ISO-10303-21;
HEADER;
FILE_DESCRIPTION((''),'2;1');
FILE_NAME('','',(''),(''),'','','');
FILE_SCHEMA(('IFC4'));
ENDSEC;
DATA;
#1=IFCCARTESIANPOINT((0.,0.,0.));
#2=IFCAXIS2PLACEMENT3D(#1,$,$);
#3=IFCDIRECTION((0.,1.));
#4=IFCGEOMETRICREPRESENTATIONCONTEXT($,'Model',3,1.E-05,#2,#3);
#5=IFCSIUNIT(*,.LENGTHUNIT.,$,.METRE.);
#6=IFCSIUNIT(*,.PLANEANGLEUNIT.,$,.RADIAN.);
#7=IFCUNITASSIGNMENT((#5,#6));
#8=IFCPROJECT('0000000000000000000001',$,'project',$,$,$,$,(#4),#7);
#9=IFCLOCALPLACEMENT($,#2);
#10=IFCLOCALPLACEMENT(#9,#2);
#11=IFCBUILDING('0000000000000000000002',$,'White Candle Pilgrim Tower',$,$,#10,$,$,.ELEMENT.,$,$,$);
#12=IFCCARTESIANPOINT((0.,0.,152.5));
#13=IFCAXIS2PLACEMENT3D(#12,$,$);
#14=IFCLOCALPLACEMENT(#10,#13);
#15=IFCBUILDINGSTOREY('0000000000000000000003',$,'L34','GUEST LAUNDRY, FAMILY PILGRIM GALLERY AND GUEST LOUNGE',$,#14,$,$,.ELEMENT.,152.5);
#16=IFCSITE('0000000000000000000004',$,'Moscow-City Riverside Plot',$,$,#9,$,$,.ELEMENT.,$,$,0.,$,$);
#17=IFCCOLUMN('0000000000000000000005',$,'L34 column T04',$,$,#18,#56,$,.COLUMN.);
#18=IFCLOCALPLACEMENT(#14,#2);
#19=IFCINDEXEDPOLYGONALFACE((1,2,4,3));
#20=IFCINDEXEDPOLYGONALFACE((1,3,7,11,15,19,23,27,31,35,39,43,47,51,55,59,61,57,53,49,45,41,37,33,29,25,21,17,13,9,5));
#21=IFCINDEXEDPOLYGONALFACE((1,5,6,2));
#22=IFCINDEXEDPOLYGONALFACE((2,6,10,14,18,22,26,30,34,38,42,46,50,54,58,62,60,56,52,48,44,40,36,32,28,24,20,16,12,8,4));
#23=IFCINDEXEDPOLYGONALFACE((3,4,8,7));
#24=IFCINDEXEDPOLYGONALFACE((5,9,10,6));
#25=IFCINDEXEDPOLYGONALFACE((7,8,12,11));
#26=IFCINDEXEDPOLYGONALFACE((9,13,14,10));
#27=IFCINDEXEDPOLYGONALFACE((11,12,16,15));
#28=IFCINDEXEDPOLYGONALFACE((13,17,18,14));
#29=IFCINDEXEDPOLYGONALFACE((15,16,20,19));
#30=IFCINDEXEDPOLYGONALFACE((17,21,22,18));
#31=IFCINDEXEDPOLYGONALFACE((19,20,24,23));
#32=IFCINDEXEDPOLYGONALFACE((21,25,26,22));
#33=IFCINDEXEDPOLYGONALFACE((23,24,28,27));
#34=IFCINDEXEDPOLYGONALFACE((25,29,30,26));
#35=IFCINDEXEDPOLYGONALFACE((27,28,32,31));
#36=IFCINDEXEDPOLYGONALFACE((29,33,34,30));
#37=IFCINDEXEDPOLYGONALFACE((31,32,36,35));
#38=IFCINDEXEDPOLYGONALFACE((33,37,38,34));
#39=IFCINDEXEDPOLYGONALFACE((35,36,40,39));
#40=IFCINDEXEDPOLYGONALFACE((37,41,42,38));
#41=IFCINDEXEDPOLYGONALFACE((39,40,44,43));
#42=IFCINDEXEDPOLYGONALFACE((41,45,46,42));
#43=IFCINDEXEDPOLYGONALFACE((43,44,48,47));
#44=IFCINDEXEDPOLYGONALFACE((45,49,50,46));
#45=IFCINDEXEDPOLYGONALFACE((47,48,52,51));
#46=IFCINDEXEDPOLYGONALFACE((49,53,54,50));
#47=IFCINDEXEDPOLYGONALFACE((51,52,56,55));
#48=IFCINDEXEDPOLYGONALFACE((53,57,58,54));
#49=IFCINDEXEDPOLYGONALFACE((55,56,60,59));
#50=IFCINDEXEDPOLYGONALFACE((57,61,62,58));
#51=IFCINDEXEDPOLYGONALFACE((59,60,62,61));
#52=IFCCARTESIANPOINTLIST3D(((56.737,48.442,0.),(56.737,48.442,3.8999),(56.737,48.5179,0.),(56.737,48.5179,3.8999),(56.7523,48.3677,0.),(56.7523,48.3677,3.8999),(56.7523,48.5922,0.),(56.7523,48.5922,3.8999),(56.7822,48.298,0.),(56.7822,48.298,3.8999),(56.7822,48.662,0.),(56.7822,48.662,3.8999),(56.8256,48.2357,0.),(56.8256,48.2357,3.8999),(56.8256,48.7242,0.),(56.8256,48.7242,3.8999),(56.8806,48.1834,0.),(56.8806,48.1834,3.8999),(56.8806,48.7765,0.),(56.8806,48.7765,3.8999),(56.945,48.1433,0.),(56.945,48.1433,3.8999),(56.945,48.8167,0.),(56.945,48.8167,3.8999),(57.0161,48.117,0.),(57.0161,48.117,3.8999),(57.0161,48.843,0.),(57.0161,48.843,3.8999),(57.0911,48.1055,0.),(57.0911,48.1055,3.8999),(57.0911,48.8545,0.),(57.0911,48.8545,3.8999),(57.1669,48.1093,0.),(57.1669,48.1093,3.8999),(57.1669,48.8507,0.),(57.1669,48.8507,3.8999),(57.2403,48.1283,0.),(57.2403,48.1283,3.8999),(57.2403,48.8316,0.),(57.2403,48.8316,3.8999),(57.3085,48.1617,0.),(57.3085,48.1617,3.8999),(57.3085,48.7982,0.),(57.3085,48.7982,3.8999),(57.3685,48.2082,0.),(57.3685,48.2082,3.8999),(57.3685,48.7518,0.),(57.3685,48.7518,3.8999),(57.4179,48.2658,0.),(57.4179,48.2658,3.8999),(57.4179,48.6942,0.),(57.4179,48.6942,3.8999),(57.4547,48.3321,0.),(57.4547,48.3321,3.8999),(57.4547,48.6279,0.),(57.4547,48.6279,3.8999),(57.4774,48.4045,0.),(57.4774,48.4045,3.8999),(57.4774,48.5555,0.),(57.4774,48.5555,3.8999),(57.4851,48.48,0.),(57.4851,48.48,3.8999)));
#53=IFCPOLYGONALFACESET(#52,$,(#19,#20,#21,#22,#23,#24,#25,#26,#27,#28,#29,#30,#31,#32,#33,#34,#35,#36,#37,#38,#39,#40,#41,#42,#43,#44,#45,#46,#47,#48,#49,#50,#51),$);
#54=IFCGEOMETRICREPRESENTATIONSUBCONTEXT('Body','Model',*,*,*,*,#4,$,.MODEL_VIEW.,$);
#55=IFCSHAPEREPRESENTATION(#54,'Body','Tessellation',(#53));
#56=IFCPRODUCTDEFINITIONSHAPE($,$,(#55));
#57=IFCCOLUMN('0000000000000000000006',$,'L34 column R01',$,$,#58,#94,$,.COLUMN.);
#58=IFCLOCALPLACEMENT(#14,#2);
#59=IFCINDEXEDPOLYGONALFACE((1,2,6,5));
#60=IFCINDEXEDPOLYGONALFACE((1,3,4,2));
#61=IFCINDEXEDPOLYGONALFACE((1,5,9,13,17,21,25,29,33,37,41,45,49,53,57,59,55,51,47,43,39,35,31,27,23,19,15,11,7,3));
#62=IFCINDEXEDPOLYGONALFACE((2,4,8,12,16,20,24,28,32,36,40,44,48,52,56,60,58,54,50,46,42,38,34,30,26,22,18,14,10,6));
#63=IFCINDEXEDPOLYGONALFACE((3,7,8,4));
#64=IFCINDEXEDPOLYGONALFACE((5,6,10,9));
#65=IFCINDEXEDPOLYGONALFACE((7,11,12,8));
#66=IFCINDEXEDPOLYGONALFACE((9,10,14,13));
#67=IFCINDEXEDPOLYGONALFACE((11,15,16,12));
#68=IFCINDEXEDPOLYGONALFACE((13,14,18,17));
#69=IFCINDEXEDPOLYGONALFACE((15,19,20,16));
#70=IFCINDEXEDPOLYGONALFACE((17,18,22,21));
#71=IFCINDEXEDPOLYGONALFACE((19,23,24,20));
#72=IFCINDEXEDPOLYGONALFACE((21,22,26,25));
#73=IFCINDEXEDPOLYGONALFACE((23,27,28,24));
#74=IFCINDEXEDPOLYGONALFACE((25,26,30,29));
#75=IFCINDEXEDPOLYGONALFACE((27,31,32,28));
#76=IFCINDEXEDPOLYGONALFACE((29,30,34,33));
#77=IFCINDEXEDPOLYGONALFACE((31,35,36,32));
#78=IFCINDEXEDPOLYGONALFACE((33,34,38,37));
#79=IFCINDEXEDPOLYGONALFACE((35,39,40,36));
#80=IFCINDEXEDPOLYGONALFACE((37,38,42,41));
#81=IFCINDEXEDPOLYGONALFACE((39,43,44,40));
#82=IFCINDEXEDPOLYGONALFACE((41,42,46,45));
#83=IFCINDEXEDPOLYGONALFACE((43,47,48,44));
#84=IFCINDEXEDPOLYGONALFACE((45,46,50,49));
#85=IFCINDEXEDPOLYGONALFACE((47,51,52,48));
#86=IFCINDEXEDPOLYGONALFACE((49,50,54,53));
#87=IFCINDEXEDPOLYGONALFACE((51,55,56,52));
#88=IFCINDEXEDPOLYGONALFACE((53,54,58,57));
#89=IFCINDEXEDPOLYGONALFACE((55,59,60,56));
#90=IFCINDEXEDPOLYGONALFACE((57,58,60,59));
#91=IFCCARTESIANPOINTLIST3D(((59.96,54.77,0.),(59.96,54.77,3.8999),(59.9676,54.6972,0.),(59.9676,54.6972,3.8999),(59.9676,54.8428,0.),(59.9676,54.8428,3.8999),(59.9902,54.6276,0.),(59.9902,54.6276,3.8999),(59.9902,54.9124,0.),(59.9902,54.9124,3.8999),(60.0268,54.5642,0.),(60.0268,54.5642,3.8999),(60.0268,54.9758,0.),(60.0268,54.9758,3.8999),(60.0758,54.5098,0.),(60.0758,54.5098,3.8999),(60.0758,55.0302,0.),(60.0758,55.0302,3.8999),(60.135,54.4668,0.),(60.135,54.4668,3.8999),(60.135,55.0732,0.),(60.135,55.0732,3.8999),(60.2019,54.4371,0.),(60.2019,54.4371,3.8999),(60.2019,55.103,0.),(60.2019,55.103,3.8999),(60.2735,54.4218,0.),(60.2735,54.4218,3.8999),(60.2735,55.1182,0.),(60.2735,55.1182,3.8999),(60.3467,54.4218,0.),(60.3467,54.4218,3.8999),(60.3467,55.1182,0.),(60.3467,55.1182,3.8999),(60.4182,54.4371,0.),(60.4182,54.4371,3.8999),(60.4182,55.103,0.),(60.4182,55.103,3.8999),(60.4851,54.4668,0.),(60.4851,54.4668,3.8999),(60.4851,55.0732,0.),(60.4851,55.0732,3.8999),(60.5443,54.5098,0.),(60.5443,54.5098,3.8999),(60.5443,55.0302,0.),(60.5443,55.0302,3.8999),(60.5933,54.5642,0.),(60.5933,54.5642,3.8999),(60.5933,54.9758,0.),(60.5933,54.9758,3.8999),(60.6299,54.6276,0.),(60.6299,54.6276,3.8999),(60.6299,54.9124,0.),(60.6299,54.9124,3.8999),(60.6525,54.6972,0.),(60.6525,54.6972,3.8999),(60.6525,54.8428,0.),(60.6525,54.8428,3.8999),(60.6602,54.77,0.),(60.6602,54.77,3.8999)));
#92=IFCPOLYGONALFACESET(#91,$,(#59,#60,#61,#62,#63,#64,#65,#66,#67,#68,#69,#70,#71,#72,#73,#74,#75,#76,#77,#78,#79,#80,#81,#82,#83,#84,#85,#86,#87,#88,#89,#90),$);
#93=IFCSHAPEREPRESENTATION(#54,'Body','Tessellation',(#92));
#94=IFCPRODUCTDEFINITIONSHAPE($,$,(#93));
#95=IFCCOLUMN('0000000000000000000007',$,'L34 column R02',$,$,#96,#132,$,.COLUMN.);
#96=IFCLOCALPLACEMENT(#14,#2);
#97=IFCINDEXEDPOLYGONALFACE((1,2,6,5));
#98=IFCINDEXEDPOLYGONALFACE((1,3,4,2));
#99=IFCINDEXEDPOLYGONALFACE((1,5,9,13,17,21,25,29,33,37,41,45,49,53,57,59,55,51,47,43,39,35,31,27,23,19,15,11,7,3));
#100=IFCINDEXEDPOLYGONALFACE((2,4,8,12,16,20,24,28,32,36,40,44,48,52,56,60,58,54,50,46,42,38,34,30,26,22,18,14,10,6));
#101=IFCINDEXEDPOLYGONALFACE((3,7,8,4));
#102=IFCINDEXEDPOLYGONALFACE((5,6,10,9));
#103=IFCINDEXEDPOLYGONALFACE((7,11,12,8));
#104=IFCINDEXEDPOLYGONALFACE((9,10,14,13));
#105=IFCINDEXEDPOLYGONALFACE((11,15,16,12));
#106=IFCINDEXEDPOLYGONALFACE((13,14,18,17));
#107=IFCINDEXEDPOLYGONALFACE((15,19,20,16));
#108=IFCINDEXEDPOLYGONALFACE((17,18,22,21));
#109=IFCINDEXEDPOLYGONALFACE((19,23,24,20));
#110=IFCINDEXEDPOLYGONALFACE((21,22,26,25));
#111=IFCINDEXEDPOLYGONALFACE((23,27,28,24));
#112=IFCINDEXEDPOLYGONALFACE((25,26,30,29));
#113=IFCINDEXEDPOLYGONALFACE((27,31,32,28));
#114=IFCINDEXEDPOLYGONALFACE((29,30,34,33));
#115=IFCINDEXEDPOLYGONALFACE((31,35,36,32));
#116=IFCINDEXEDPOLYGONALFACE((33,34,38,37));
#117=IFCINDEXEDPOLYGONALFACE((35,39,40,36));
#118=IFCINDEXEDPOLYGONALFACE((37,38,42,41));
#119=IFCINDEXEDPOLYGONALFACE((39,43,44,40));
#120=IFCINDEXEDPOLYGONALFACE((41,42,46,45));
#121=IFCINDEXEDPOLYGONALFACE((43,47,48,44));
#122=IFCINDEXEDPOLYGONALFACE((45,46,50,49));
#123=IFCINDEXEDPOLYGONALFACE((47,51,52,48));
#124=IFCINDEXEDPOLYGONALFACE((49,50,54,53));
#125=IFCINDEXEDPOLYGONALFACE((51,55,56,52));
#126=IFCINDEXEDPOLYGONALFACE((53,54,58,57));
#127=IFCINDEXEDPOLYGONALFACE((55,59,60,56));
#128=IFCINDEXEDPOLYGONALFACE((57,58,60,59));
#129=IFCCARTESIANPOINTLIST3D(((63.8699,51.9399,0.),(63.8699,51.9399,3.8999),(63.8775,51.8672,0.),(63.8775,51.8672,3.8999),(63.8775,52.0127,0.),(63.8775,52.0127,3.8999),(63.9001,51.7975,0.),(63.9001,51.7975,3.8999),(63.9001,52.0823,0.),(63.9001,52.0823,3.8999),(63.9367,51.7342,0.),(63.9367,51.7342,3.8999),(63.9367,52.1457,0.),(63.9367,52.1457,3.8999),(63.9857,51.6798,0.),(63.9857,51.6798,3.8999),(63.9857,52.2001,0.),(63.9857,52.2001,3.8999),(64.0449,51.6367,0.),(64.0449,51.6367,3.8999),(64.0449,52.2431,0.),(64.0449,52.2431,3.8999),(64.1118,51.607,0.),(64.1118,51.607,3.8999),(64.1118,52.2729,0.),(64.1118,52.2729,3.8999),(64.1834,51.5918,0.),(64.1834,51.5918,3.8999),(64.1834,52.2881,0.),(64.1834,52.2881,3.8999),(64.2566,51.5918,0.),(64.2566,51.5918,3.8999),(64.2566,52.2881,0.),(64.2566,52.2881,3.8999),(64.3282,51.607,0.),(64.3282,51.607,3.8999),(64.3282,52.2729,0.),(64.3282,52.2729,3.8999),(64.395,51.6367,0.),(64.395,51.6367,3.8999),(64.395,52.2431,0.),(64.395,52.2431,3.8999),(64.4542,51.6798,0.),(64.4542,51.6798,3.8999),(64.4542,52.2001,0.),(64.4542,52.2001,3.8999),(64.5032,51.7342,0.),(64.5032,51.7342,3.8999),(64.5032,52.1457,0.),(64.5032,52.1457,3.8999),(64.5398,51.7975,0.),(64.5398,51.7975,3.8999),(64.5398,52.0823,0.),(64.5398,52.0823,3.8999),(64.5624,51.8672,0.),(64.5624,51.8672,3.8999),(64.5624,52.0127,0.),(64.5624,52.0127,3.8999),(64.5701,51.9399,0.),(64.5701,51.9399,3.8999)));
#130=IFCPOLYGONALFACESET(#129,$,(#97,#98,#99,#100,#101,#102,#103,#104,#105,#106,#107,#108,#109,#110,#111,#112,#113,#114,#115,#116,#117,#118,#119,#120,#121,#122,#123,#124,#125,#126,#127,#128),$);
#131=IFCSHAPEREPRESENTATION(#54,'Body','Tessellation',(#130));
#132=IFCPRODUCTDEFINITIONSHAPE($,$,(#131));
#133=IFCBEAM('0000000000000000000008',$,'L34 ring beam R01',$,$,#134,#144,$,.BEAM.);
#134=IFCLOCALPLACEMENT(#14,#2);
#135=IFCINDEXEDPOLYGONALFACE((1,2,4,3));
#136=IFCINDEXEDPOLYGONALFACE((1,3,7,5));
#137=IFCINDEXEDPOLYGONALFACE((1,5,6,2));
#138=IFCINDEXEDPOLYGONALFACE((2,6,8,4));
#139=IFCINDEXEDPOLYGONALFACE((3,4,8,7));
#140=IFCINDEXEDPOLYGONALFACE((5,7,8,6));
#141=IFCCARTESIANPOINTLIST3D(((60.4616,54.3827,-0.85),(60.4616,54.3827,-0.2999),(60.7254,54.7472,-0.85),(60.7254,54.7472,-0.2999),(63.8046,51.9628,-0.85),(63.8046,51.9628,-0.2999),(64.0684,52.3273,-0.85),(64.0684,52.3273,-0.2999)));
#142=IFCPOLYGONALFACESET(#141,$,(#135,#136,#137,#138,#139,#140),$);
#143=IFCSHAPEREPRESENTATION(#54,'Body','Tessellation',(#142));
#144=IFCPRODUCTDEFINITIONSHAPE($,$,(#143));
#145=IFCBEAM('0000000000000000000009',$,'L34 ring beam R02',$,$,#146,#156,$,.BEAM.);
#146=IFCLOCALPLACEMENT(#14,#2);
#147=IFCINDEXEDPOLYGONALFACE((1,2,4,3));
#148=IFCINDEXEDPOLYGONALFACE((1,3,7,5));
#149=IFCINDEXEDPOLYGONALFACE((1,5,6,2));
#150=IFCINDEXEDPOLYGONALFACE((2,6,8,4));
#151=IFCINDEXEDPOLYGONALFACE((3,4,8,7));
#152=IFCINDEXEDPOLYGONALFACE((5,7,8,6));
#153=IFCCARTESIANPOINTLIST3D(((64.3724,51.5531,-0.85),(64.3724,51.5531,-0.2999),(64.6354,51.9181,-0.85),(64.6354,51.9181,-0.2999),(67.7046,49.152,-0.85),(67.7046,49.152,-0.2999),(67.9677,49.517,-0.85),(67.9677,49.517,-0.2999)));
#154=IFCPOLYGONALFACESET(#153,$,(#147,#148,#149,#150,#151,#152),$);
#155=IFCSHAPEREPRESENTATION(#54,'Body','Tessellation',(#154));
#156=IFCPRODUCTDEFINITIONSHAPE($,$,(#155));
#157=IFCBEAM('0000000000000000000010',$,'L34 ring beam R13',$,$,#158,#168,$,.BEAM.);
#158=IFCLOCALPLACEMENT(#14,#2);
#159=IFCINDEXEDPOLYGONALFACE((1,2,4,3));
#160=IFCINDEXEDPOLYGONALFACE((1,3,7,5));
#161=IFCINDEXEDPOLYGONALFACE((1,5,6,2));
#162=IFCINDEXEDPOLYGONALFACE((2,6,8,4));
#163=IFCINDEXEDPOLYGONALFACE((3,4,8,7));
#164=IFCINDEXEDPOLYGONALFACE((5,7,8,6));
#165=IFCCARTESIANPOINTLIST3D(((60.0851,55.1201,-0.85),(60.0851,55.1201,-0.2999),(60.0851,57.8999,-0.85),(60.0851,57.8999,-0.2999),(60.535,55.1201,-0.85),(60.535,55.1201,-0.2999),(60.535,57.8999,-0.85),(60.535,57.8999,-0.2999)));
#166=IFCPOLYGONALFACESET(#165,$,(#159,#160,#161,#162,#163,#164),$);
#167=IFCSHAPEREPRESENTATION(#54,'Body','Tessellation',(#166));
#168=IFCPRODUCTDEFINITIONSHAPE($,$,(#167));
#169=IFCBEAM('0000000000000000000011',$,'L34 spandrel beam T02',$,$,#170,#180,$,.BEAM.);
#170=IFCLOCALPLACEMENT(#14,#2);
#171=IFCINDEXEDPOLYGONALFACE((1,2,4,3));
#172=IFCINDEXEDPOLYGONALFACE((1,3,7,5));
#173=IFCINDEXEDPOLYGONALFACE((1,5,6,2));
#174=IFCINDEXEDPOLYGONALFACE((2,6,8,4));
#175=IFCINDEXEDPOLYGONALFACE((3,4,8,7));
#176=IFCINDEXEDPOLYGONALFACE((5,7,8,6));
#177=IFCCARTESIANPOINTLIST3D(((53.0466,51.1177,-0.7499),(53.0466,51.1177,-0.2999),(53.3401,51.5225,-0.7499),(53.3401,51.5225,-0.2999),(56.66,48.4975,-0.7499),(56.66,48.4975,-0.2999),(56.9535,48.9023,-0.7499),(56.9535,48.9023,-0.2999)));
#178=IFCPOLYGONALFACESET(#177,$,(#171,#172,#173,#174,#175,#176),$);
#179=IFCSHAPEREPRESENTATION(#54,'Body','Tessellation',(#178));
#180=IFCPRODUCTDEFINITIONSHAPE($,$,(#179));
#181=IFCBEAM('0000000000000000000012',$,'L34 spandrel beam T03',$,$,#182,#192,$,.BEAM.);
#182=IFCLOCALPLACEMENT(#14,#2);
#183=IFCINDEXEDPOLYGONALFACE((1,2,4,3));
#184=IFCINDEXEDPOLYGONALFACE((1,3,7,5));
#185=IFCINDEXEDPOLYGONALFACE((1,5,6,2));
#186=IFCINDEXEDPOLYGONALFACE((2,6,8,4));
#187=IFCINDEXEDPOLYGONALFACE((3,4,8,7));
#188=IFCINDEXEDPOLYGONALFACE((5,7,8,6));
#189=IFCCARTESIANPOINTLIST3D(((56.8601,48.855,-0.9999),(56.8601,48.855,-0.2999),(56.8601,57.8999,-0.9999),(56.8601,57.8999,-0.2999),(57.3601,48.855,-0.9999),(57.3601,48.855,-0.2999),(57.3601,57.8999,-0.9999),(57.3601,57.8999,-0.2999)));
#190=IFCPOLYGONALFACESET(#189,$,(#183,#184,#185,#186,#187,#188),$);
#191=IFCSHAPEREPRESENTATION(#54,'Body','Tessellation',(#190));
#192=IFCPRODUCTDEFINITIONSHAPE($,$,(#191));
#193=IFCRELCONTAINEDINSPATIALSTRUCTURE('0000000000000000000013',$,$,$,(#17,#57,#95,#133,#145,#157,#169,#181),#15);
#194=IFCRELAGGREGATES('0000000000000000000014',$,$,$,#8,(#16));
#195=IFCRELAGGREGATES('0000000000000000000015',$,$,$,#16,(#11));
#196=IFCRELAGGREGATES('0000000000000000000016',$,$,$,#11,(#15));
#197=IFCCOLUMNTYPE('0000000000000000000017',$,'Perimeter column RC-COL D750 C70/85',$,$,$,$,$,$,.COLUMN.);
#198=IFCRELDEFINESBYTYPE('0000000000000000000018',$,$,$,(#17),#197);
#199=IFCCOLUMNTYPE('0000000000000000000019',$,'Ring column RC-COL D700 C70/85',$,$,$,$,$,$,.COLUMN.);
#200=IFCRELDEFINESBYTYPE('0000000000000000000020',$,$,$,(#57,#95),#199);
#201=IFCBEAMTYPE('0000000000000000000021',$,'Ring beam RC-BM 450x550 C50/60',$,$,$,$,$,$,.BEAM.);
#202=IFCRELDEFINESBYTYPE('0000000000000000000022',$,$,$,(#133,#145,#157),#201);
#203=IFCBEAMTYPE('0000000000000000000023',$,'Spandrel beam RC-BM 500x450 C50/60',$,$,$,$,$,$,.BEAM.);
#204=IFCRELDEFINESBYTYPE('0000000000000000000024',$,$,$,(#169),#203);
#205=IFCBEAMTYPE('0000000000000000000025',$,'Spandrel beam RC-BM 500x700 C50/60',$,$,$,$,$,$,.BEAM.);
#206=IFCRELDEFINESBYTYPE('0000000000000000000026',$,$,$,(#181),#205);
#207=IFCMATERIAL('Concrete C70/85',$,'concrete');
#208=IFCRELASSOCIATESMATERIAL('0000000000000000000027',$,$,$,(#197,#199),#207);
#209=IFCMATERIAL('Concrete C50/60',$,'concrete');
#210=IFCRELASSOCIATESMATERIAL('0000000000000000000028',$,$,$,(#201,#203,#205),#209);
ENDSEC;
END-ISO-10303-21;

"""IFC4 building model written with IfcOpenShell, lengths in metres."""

from ifc_helpers import new_model, si_unit, direction, frame, origin, origin_2d, place, context, subcontext, project, spatial, rectangle, circle, extrude, material, material_profile, profile_set, type_object, element, save


model = new_model("IFC4")

# Units and contexts
model_context = context("Model", 3, precision=1e-05, world=origin(), true_north=direction((0.0, 1.0)))
body_context = subcontext(model_context, "Body", "Model", "MODEL_VIEW")
ifc_project = project(units=[si_unit("LENGTHUNIT", "METRE"), si_unit("PLANEANGLEUNIT", "RADIAN")], contexts=[model_context])

# Site, building, storey
site_placement = place(None, origin())
site = spatial("IfcSite", under=ifc_project, at=site_placement, Name="Moscow-City Riverside Plot", CompositionType="ELEMENT", RefElevation=0.0)
building_placement = place(site_placement, origin())
building = spatial("IfcBuilding", under=site, at=building_placement, Name="White Candle Pilgrim Tower", CompositionType="ELEMENT")
storey_placement = place(building_placement, frame((0.0, 0.0, 152.5)))
storey = spatial("IfcBuildingStorey", under=building, at=storey_placement, Name="L34", Description="GUEST LAUNDRY, FAMILY PILGRIM GALLERY AND GUEST LOUNGE", CompositionType="ELEMENT", Elevation=152.5)

# Columns
ifc_material_1 = material(Name="Concrete C70/85", Category="concrete")
ifc_material_profile_1 = material_profile(ifc_material_1, circle(Radius=0.375, at=origin_2d()), Name="RC-COL D750")
ifc_profile_set_1 = profile_set([ifc_material_profile_1], Name="Concrete C70/85")
column_type_1 = type_object("IfcColumnType", Name="Perimeter column RC-COL D750 C70/85", PredefinedType="COLUMN", material=ifc_profile_set_1)
column_placement = place(storey_placement, frame((57.1101, 48.48, 0.0), z_axis=(0.0, 0.0, 1.0), x_axis=(1.0, 0.0, 0.0)))
element("IfcColumn", 1, at=column_placement, inside=storey, type_object=column_type_1, Name="L34 column T04", PredefinedType="COLUMN", context=body_context, shape_type="SweptSolid", body=[
    extrude(circle(Radius=0.375, at=origin_2d()), origin(), (0.0, 0.0, 1.0), 3.8999),
])
ifc_material_profile_2 = material_profile(ifc_material_1, circle(Radius=0.3501, at=origin_2d()), Name="RC-COL D700")
ifc_profile_set_2 = profile_set([ifc_material_profile_2], Name="Concrete C70/85")
column_type_2 = type_object("IfcColumnType", Name="Ring column RC-COL D700 C70/85", PredefinedType="COLUMN", material=ifc_profile_set_2)
for number, where, z_axis, x_axis, name in (
    (2, (60.3101, 54.77, 0.0), (0.0, 0.0, 1.0), (1.0, 0.0, 0.0), "L34 column R01"),
    (3, (64.22, 51.9399, 0.0), (0.0, 0.0, 1.0), (1.0, 0.0, 0.0), "L34 column R02"),
):
    element("IfcColumn", number, at=place(storey_placement, frame(where, z_axis=z_axis, x_axis=x_axis)), inside=storey, type_object=column_type_2, Name=name, PredefinedType="COLUMN", context=body_context, shape_type="SweptSolid", body=[
        extrude(circle(Radius=0.3501, at=origin_2d()), origin(), (0.0, 0.0, 1.0), 3.8999),
    ])

# Beams
ifc_material_2 = material(Name="Concrete C50/60", Category="concrete")
ifc_material_profile_3 = material_profile(ifc_material_2, rectangle(XDim=0.45, YDim=0.55, at=origin_2d()), Name="RC-BM 450x550")
ifc_profile_set_3 = profile_set([ifc_material_profile_3], Name="Concrete C50/60")
beam_type_1 = type_object("IfcBeamType", Name="Ring beam RC-BM 450x550 C50/60", PredefinedType="BEAM", material=ifc_profile_set_3)
beam_1_placement = place(storey_placement, frame((60.5935, 54.5649, -0.575), z_axis=(0.810044, -0.586369, 0.0), x_axis=(0.586369, 0.810044, 0.0)))
element("IfcBeam", 4, at=beam_1_placement, inside=storey, type_object=beam_type_1, Name="L34 ring beam R01", PredefinedType="BEAM", context=body_context, shape_type="SweptSolid", body=[
    extrude(rectangle(XDim=0.45, YDim=0.55, at=origin_2d()), origin(), (0.0, 0.0, 1.0), 4.127),
])
beam_2_placement = place(storey_placement, frame((64.5039, 51.7356, -0.575), z_axis=(0.811317, -0.584607, 0.0), x_axis=(0.584607, 0.811317, 0.0)))
element("IfcBeam", 5, at=beam_2_placement, inside=storey, type_object=beam_type_1, Name="L34 ring beam R02", PredefinedType="BEAM", context=body_context, shape_type="SweptSolid", body=[
    extrude(rectangle(XDim=0.45, YDim=0.55, at=origin_2d()), origin(), (0.0, 0.0, 1.0), 4.1072),
])
beam_3_placement = place(storey_placement, frame((60.3101, 55.1201, -0.575), z_axis=(0.0, 1.0, 0.0), x_axis=(-1.0, 0.0, 0.0)))
element("IfcBeam", 6, at=beam_3_placement, inside=storey, type_object=beam_type_1, Name="L34 ring beam R13", PredefinedType="BEAM", context=body_context, shape_type="SweptSolid", body=[
    extrude(rectangle(XDim=0.45, YDim=0.55, at=origin_2d()), origin(), (0.0, 0.0, 1.0), 2.7798),
])
ifc_material_profile_4 = material_profile(ifc_material_2, rectangle(XDim=0.5, YDim=0.45, at=origin_2d()), Name="RC-BM 500x450")
ifc_profile_set_4 = profile_set([ifc_material_profile_4], Name="Concrete C50/60")
beam_type_2 = type_object("IfcBeamType", Name="Spandrel beam RC-BM 500x450 C50/60", PredefinedType="BEAM", material=ifc_profile_set_4)
beam_4_placement = place(storey_placement, frame((53.1934, 51.3201, -0.5249), z_axis=(0.809558, -0.587039, 0.0), x_axis=(0.587039, 0.809558, 0.0)))
element("IfcBeam", 7, at=beam_4_placement, inside=storey, type_object=beam_type_2, Name="L34 spandrel beam T02", PredefinedType="BEAM", context=body_context, shape_type="SweptSolid", body=[
    extrude(rectangle(XDim=0.5, YDim=0.45, at=origin_2d()), origin(), (0.0, 0.0, 1.0), 4.4634),
])
ifc_material_profile_5 = material_profile(ifc_material_2, rectangle(XDim=0.5, YDim=0.7, at=origin_2d()), Name="RC-BM 500x700")
ifc_profile_set_5 = profile_set([ifc_material_profile_5], Name="Concrete C50/60")
beam_type_3 = type_object("IfcBeamType", Name="Spandrel beam RC-BM 500x700 C50/60", PredefinedType="BEAM", material=ifc_profile_set_5)
beam_5_placement = place(storey_placement, frame((57.1101, 48.855, -0.6499), z_axis=(0.0, 1.0, 0.0), x_axis=(-1.0, 0.0, 0.0)))
element("IfcBeam", 8, at=beam_5_placement, inside=storey, type_object=beam_type_3, Name="L34 spandrel beam T03", PredefinedType="BEAM", context=body_context, shape_type="SweptSolid", body=[
    extrude(rectangle(XDim=0.5, YDim=0.7, at=origin_2d()), origin(), (0.0, 0.0, 1.0), 9.0449),
])

save(model, "model.ifc")
